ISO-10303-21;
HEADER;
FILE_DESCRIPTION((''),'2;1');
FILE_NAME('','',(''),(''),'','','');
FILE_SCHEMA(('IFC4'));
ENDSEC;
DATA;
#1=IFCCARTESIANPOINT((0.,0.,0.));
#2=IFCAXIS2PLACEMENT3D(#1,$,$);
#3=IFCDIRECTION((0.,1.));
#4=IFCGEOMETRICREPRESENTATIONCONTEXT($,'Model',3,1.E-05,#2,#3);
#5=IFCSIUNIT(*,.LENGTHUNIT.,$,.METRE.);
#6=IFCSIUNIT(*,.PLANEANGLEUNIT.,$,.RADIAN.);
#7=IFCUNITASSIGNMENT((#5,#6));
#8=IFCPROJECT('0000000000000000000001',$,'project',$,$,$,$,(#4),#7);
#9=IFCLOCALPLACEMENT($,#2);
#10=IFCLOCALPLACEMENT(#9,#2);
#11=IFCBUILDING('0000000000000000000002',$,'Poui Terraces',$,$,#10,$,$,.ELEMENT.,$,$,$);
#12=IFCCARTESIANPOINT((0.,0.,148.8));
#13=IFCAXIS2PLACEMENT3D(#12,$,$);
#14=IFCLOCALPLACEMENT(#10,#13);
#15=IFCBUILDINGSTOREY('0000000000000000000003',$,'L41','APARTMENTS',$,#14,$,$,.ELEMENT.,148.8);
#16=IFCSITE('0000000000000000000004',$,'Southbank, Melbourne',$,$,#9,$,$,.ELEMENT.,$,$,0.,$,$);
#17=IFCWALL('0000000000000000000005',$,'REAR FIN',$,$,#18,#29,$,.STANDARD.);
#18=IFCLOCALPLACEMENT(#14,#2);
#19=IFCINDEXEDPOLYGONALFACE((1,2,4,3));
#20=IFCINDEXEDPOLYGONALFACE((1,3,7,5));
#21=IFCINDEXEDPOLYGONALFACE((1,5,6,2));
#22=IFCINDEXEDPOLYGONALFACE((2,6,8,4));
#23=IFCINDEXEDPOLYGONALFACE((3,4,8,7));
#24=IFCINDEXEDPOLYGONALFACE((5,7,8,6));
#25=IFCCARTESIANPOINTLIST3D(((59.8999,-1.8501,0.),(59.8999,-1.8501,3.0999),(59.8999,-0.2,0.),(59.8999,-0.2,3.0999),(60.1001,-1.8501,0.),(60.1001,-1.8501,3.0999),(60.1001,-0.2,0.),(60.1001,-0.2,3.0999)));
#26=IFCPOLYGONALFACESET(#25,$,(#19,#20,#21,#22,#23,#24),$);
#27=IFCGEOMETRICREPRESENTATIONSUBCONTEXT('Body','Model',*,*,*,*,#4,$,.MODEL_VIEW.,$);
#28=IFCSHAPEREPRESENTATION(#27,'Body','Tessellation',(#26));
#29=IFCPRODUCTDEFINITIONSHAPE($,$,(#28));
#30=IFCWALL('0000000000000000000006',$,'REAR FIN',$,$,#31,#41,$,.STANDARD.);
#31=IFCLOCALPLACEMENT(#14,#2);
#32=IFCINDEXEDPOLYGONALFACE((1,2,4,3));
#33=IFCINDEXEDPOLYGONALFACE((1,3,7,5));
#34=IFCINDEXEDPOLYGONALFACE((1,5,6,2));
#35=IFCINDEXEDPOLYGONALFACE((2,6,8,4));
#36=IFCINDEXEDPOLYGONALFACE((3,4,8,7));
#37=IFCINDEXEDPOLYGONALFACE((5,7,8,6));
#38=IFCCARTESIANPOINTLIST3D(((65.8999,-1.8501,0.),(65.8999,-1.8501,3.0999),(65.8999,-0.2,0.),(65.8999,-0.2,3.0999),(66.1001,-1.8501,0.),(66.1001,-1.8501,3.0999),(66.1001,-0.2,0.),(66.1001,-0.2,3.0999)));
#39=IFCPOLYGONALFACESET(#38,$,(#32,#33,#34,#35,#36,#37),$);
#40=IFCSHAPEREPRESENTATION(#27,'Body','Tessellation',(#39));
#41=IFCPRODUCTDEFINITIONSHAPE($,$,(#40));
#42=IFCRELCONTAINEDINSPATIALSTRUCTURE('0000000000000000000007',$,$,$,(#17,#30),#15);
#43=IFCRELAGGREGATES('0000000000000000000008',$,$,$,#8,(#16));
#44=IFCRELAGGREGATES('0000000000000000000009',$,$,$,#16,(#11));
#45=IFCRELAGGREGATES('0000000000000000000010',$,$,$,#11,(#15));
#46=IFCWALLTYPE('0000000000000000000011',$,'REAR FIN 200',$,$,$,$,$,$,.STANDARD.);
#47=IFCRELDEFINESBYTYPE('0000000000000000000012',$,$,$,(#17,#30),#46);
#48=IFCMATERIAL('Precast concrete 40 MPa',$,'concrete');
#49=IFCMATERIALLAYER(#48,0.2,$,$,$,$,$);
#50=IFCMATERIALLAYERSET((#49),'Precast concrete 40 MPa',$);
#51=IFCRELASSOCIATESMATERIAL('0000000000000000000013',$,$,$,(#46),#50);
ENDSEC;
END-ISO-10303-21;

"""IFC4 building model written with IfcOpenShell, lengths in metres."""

from ifc_helpers import new_model, si_unit, direction, frame, origin, place, context, subcontext, project, spatial, polyline, outline, extrude, source, transform, mapped, material, layer, layer_set, type_object, element, save


model = new_model("IFC4")

# Units and contexts
model_context = context("Model", 3, precision=1e-05, world=origin(), true_north=direction((0.0, 1.0)))
body_context = subcontext(model_context, "Body", "Model", "MODEL_VIEW")
ifc_project = project(units=[si_unit("LENGTHUNIT", "METRE"), si_unit("PLANEANGLEUNIT", "RADIAN")], contexts=[model_context])

# Site, building, storey
site_placement = place(None, origin())
site = spatial("IfcSite", under=ifc_project, at=site_placement, Name="Southbank, Melbourne", CompositionType="ELEMENT", RefElevation=0.0)
building_placement = place(site_placement, origin())
building = spatial("IfcBuilding", under=site, at=building_placement, Name="Poui Terraces", CompositionType="ELEMENT")
storey_placement = place(building_placement, frame((0.0, 0.0, 148.8)))
storey = spatial("IfcBuildingStorey", under=building, at=storey_placement, Name="L41", Description="APARTMENTS", CompositionType="ELEMENT", Elevation=148.8)

# Shared definitions
ifc_material_1 = material(Name="Precast concrete 40 MPa", Category="concrete")

# Walls
ifc_layer_1 = layer(ifc_material_1, 0.2)
ifc_layer_set_1 = layer_set([ifc_layer_1], Name="Precast concrete 40 MPa")
wall_type_1 = type_object("IfcWallType", Name="REAR FIN 200", PredefinedType="STANDARD", material=ifc_layer_set_1)
shared_shape_1 = source(origin(), body_context, "Body", "SweptSolid", [
    extrude(outline(polyline([(0.0, 0.0), (0.2002, 0.0), (0.2002, 1.6501), (0.0, 1.6501), (0.0, 0.0)])), origin(), (0.0, 0.0, 1.0), 3.0999),
])
for number, where, name in (
    (1, (59.8999, -1.8501, 0.0), "REAR FIN"),
    (2, (65.8999, -1.8501, 0.0), "REAR FIN"),
):
    element("IfcWall", number, at=place(storey_placement, frame(where)), inside=storey, type_object=wall_type_1, Name=name, PredefinedType="STANDARD", context=body_context, shape_type="MappedRepresentation", body=[
        mapped(shared_shape_1, transform((0.0, 0.0, 0.0))),
    ])

save(model, "model.ifc")
